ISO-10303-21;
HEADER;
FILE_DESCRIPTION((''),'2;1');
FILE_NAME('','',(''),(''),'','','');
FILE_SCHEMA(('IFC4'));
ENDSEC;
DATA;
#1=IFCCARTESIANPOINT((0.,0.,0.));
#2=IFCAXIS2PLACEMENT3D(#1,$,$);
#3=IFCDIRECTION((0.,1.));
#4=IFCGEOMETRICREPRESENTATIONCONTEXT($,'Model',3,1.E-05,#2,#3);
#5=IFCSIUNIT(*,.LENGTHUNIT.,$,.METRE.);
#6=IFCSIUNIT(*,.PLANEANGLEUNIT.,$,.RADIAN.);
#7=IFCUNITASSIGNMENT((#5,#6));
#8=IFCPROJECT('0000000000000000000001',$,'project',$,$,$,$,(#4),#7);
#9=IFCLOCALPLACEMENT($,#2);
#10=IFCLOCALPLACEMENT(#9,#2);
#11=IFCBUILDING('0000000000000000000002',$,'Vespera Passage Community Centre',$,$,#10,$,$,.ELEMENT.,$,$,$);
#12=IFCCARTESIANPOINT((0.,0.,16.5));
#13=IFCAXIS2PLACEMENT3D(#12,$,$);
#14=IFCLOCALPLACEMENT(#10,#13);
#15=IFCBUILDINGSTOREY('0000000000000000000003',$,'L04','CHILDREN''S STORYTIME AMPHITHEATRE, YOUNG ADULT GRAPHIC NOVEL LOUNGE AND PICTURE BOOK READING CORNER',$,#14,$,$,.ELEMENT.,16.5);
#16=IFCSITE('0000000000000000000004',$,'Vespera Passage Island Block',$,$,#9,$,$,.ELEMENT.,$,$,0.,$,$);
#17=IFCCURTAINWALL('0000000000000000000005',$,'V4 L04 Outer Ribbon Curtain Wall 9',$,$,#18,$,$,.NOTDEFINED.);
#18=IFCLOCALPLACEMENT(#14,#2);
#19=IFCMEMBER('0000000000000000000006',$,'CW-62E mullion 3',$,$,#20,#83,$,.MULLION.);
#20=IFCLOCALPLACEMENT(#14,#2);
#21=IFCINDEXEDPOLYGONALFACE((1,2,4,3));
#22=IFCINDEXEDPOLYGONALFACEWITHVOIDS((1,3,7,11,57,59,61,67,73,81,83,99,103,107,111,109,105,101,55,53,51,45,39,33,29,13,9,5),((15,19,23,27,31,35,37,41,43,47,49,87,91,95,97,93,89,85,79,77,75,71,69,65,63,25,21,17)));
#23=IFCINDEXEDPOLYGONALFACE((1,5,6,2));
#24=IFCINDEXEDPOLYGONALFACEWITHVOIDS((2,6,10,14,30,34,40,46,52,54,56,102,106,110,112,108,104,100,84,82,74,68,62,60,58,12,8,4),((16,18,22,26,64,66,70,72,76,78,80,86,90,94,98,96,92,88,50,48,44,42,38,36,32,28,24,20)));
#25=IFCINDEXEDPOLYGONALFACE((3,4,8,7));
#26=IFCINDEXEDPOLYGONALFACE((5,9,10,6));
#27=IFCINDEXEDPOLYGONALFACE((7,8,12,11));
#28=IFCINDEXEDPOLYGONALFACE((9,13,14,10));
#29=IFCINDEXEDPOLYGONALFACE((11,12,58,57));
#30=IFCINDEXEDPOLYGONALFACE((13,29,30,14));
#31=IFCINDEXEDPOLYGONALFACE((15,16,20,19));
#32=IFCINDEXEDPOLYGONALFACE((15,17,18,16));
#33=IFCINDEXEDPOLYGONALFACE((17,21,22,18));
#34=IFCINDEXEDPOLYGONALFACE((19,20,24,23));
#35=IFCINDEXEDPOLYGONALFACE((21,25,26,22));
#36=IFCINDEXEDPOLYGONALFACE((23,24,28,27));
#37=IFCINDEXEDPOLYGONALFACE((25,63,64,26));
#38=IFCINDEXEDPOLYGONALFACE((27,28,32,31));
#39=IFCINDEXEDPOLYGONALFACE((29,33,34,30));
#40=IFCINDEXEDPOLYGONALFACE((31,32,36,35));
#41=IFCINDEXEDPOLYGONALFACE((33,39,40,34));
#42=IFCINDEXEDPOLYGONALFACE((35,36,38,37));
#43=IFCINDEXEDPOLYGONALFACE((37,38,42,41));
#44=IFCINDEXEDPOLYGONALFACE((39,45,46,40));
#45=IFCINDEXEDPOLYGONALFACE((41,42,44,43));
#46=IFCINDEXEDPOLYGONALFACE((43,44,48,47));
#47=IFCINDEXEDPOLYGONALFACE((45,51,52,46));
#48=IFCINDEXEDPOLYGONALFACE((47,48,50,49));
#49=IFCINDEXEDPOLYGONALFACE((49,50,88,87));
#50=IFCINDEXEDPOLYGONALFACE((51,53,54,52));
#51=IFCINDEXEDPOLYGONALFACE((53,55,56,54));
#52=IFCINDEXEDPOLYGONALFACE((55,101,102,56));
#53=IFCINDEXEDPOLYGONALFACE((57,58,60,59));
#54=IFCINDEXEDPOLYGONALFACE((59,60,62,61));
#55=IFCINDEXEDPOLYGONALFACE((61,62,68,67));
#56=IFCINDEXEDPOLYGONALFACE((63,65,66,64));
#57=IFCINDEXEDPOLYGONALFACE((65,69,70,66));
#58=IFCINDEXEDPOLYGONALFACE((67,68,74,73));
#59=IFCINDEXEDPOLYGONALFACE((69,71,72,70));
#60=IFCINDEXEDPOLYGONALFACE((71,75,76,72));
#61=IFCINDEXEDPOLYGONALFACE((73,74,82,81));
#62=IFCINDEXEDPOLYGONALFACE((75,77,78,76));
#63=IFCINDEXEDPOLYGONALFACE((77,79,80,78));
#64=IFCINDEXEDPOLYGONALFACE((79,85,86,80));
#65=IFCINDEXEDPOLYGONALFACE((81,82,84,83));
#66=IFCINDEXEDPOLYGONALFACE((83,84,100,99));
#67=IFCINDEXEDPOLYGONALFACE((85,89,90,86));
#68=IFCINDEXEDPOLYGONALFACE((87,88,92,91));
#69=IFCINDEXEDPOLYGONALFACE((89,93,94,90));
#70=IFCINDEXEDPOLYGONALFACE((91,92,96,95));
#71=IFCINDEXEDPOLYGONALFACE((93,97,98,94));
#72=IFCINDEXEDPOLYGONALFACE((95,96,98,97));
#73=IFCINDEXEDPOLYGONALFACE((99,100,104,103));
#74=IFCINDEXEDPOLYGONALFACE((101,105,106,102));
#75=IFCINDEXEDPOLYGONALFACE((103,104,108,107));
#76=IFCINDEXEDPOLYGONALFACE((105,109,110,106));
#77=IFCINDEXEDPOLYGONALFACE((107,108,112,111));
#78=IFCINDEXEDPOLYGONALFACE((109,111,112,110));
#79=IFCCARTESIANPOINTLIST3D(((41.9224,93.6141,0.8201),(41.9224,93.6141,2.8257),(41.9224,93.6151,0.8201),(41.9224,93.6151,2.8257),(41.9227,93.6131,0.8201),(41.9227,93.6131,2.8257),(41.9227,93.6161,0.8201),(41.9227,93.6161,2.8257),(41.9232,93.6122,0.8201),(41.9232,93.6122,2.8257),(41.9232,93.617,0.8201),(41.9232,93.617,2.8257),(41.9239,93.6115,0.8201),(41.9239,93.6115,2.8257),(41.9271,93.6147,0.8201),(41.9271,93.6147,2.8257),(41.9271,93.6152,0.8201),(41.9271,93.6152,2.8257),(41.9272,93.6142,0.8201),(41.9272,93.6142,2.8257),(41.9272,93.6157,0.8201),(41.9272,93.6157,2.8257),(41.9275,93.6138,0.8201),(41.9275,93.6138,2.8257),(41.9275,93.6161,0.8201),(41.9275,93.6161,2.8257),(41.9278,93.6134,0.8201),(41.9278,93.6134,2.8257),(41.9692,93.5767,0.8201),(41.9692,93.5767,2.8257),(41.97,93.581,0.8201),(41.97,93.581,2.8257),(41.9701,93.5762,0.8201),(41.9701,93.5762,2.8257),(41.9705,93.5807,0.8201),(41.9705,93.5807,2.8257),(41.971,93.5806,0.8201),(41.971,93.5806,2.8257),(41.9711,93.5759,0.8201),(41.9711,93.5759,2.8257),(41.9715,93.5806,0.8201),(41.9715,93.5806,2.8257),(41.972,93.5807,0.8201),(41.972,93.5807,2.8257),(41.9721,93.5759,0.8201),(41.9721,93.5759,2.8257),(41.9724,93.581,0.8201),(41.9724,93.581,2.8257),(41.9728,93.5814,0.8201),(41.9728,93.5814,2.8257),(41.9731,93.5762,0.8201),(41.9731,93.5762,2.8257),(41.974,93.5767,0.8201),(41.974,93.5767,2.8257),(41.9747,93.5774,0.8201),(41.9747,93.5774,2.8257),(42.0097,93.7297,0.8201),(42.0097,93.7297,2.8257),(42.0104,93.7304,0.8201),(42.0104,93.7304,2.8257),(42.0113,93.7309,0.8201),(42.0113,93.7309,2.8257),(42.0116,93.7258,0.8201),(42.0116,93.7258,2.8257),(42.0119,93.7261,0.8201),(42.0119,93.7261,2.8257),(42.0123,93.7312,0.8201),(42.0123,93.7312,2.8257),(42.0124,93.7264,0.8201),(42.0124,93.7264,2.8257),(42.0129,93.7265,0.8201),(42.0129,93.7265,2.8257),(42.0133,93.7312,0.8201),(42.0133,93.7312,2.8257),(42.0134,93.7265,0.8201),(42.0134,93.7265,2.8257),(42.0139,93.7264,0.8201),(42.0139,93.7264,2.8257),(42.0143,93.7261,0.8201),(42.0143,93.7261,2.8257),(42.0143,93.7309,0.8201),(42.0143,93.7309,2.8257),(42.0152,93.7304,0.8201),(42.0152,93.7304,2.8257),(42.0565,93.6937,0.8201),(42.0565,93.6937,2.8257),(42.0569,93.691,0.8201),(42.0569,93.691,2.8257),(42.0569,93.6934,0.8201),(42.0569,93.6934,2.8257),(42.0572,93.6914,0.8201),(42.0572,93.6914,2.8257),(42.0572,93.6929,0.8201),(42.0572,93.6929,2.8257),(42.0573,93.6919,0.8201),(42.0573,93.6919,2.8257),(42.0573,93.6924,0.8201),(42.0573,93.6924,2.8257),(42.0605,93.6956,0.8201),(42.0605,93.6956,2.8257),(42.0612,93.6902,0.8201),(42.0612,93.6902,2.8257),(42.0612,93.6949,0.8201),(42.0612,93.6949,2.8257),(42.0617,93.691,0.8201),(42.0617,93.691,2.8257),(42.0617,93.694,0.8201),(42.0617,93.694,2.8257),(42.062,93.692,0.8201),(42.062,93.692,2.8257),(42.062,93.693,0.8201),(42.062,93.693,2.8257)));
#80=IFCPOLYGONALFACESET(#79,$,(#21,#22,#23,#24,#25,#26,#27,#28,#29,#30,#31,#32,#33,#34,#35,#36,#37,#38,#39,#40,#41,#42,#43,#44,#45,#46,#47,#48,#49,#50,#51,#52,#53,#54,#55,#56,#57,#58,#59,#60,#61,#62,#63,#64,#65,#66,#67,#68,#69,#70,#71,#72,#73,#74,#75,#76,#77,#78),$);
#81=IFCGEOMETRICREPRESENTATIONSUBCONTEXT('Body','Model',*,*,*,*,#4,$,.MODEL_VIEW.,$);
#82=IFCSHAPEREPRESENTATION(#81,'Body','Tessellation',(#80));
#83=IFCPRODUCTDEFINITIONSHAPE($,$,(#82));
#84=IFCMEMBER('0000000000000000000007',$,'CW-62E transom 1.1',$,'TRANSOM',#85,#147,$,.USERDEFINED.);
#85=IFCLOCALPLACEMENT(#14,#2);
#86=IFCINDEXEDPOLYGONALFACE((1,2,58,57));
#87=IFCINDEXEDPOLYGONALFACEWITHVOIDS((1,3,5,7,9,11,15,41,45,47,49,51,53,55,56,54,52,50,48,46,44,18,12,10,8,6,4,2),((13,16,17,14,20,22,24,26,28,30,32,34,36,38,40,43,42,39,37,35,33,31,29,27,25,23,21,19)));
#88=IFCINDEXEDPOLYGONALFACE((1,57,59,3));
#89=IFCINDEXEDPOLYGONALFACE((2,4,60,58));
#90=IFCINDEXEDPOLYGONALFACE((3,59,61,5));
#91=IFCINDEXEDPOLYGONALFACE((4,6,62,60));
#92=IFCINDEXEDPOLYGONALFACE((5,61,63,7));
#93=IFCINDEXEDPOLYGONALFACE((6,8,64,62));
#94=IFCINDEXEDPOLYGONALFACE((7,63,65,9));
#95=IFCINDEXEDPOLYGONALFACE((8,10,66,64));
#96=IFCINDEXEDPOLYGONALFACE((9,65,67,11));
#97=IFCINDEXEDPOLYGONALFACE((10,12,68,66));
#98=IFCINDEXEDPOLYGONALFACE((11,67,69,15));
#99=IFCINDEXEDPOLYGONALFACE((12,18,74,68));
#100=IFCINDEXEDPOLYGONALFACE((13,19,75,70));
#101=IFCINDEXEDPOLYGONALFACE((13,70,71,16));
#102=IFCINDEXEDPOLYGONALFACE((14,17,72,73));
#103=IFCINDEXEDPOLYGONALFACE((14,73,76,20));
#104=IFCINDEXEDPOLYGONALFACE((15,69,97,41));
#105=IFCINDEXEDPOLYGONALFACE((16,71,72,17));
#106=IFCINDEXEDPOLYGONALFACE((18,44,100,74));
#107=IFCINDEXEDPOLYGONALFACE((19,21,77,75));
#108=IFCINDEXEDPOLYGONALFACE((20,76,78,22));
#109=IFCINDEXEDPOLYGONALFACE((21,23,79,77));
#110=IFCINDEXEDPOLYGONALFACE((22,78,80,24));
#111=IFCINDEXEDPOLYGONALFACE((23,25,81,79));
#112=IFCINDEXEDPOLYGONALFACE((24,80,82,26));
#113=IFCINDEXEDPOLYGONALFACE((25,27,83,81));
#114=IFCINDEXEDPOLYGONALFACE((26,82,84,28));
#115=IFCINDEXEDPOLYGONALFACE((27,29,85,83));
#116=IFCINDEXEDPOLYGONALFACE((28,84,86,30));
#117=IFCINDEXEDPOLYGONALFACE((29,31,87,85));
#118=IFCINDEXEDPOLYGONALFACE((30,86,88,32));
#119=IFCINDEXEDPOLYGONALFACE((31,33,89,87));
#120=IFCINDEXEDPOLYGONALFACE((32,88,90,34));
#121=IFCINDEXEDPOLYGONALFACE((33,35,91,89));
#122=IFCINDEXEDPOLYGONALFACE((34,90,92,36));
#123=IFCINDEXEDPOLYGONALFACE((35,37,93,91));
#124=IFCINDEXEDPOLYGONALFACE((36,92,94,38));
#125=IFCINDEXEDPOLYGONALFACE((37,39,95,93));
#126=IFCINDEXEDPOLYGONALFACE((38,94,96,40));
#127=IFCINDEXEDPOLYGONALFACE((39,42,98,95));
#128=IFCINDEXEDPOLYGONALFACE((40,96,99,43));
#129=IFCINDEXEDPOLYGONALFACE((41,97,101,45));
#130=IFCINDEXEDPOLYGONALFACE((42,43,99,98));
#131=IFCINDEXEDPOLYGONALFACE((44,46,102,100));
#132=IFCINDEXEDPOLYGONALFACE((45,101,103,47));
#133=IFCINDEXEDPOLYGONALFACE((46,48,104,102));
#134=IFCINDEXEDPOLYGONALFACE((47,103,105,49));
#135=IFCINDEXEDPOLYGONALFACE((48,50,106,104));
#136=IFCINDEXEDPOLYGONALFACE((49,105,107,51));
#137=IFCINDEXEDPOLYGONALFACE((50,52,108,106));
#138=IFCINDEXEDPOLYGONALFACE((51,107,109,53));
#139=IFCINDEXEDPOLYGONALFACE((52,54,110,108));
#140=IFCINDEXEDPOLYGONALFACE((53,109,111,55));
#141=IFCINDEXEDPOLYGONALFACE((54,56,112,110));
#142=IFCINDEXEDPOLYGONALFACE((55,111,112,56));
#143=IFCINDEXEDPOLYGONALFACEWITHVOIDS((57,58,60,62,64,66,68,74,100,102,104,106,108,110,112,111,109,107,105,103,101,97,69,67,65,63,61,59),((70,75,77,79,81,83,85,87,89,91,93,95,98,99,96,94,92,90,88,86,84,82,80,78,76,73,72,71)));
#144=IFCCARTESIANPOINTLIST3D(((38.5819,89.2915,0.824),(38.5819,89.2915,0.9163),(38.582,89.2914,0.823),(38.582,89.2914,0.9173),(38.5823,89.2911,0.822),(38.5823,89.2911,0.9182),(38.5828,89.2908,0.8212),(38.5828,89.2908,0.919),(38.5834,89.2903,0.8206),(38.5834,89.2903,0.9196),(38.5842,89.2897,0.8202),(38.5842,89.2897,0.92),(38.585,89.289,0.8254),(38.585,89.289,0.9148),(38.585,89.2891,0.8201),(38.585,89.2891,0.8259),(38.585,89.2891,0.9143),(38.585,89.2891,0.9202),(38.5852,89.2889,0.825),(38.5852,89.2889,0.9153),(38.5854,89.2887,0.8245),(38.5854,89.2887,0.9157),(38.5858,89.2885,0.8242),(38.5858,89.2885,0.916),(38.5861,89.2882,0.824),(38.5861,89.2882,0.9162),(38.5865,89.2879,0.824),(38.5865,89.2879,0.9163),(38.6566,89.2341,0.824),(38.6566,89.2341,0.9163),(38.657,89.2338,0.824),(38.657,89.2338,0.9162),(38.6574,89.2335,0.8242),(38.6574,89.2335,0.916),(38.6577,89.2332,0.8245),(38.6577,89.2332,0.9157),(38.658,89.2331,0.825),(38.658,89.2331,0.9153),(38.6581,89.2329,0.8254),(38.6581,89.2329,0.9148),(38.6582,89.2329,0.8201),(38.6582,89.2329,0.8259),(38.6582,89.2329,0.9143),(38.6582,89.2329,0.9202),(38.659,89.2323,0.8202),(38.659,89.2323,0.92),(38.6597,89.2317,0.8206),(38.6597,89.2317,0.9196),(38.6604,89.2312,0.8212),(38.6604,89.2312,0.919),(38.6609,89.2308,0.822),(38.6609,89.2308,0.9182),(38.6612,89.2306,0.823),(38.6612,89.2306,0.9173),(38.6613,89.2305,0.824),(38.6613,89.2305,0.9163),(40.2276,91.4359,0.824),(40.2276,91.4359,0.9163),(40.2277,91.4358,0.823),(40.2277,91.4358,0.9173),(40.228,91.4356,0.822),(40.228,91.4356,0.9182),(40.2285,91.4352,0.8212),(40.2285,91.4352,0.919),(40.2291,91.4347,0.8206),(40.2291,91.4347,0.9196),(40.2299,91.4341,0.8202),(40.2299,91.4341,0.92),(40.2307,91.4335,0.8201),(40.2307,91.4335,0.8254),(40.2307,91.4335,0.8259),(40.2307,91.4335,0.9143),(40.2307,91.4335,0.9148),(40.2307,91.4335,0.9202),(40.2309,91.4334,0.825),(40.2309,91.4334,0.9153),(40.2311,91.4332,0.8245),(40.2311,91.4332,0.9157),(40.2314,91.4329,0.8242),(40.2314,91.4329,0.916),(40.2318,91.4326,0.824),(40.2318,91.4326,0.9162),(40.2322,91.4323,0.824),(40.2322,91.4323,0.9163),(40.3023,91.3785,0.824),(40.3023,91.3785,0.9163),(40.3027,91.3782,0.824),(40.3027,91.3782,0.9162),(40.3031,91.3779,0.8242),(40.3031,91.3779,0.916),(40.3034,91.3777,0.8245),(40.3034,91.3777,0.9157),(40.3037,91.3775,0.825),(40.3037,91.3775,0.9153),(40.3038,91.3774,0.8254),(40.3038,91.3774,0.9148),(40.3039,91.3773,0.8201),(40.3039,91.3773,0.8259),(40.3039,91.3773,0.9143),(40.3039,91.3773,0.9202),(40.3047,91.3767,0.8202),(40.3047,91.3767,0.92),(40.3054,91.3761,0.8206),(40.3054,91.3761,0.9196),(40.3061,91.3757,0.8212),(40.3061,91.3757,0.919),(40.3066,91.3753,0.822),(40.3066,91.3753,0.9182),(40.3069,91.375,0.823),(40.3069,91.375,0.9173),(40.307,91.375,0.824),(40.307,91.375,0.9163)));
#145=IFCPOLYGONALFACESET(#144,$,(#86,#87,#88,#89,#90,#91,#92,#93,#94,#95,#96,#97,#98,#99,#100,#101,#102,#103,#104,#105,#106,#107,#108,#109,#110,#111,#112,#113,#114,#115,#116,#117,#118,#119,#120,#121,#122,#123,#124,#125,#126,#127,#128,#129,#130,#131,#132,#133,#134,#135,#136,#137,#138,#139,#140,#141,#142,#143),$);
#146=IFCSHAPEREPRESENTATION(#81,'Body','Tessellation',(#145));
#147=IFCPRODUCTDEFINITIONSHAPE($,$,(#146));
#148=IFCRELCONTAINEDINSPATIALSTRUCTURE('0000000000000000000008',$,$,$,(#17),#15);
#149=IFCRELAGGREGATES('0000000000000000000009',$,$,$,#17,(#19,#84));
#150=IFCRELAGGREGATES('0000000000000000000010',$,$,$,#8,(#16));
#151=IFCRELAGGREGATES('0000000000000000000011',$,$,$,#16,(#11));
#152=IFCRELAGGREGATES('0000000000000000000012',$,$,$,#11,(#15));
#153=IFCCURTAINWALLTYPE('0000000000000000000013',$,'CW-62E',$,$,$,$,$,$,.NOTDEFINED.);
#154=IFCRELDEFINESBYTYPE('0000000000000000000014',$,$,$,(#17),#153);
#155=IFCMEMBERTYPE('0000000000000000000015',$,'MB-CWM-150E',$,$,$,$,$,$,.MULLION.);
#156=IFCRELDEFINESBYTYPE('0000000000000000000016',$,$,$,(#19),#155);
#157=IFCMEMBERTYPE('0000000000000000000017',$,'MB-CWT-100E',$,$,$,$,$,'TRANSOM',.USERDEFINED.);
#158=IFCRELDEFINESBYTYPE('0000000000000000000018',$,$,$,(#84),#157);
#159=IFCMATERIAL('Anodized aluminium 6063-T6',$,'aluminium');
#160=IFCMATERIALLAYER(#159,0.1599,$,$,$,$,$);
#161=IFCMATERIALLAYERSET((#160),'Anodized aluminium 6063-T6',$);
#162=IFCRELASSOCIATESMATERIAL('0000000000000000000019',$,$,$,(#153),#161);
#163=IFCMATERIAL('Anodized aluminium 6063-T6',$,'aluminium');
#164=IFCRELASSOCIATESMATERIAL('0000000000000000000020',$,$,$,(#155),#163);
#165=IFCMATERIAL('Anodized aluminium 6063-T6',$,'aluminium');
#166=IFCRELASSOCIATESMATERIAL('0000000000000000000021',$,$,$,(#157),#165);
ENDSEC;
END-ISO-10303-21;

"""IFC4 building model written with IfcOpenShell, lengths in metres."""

from ifc_helpers import new_model, si_unit, direction, frame, origin, origin_2d, place, context, subcontext, project, spatial, hollow_rectangle, extrude, material, layer, layer_set, material_profile, profile_set, type_object, element, aggregate, save


model = new_model("IFC4")

# Units and contexts
model_context = context("Model", 3, precision=1e-05, world=origin(), true_north=direction((0.0, 1.0)))
body_context = subcontext(model_context, "Body", "Model", "MODEL_VIEW")
ifc_project = project(units=[si_unit("LENGTHUNIT", "METRE"), si_unit("PLANEANGLEUNIT", "RADIAN")], contexts=[model_context])

# Site, building, storey
site_placement = place(None, origin())
site = spatial("IfcSite", under=ifc_project, at=site_placement, Name="Vespera Passage Island Block", CompositionType="ELEMENT", RefElevation=0.0)
building_placement = place(site_placement, origin())
building = spatial("IfcBuilding", under=site, at=building_placement, Name="Vespera Passage Community Centre", CompositionType="ELEMENT")
storey_placement = place(building_placement, frame((0.0, 0.0, 16.5)))
storey = spatial("IfcBuildingStorey", under=building, at=storey_placement, Name="L04", Description="CHILDREN'S STORYTIME AMPHITHEATRE, YOUNG ADULT GRAPHIC NOVEL LOUNGE AND PICTURE BOOK READING CORNER", CompositionType="ELEMENT", Elevation=16.5)

# Curtain wall, members
ifc_material_1 = material(Name="Anodized aluminium 6063-T6", Category="aluminium")
ifc_layer_1 = layer(ifc_material_1, 0.1599)
ifc_layer_set_1 = layer_set([ifc_layer_1], Name="Anodized aluminium 6063-T6")
curtain_wall_type = type_object("IfcCurtainWallType", Name="CW-62E", PredefinedType="NOTDEFINED", material=ifc_layer_set_1)
curtain_wall_placement = place(storey_placement, origin())
curtain_wall = element("IfcCurtainWall", 1, at=curtain_wall_placement, inside=storey, type_object=curtain_wall_type, Name="V4 L04 Outer Ribbon Curtain Wall 9", PredefinedType="NOTDEFINED")
ifc_material_2 = material(Name="Anodized aluminium 6063-T6", Category="aluminium")
ifc_material_profile_1 = material_profile(ifc_material_2, hollow_rectangle(XDim=0.0649, YDim=0.1499, WallThickness=0.0039, InnerFilletRadius=0.002, OuterFilletRadius=0.0039, at=origin_2d()), Name="ALU150X65X4")
ifc_profile_set_1 = profile_set([ifc_material_profile_1], Name="Anodized aluminium 6063-T6")
member_type_1 = type_object("IfcMemberType", Name="MB-CWM-150E", PredefinedType="MULLION", material=ifc_profile_set_1)
member_1_placement = place(storey_placement, frame((41.9922, 93.6536, 0.8201), z_axis=(0.0, 0.0, 1.0), x_axis=(-0.79335, 0.608765, 0.0)))
member_1 = element("IfcMember", 2, at=member_1_placement, type_object=member_type_1, Name="CW-62E mullion 3", PredefinedType="MULLION", context=body_context, shape_type="SweptSolid", body=[
    extrude(hollow_rectangle(XDim=0.0649, YDim=0.1499, WallThickness=0.0039, InnerFilletRadius=0.002, OuterFilletRadius=0.0039, at=origin_2d()), origin(), (0.0, 0.0, 1.0), 2.0056),
])
ifc_material_3 = material(Name="Anodized aluminium 6063-T6", Category="aluminium")
ifc_material_profile_2 = material_profile(ifc_material_3, hollow_rectangle(XDim=0.1001, YDim=0.1001, WallThickness=0.0039, InnerFilletRadius=0.002, OuterFilletRadius=0.0039, at=origin_2d()), Name="ALU100X100X4")
ifc_profile_set_2 = profile_set([ifc_material_profile_2], Name="Anodized aluminium 6063-T6")
member_type_2 = type_object("IfcMemberType", Name="MB-CWT-100E", ElementType="TRANSOM", PredefinedType="USERDEFINED", material=ifc_profile_set_2)
member_2_placement = place(storey_placement, frame((38.6216, 89.261, 0.8701), z_axis=(0.608807, 0.793318, 0.0), x_axis=(-0.793318, 0.608807, 0.0)))
member_2 = element("IfcMember", 3, at=member_2_placement, type_object=member_type_2, Name="CW-62E transom 1.1", ObjectType="TRANSOM", PredefinedType="USERDEFINED", context=body_context, shape_type="SweptSolid", body=[
    extrude(hollow_rectangle(XDim=0.1001, YDim=0.1001, WallThickness=0.0039, InnerFilletRadius=0.002, OuterFilletRadius=0.0039, at=origin_2d()), origin(), (0.0, 0.0, 1.0), 2.7031),
])
aggregate(curtain_wall, [member_1, member_2])

save(model, "model.ifc")
